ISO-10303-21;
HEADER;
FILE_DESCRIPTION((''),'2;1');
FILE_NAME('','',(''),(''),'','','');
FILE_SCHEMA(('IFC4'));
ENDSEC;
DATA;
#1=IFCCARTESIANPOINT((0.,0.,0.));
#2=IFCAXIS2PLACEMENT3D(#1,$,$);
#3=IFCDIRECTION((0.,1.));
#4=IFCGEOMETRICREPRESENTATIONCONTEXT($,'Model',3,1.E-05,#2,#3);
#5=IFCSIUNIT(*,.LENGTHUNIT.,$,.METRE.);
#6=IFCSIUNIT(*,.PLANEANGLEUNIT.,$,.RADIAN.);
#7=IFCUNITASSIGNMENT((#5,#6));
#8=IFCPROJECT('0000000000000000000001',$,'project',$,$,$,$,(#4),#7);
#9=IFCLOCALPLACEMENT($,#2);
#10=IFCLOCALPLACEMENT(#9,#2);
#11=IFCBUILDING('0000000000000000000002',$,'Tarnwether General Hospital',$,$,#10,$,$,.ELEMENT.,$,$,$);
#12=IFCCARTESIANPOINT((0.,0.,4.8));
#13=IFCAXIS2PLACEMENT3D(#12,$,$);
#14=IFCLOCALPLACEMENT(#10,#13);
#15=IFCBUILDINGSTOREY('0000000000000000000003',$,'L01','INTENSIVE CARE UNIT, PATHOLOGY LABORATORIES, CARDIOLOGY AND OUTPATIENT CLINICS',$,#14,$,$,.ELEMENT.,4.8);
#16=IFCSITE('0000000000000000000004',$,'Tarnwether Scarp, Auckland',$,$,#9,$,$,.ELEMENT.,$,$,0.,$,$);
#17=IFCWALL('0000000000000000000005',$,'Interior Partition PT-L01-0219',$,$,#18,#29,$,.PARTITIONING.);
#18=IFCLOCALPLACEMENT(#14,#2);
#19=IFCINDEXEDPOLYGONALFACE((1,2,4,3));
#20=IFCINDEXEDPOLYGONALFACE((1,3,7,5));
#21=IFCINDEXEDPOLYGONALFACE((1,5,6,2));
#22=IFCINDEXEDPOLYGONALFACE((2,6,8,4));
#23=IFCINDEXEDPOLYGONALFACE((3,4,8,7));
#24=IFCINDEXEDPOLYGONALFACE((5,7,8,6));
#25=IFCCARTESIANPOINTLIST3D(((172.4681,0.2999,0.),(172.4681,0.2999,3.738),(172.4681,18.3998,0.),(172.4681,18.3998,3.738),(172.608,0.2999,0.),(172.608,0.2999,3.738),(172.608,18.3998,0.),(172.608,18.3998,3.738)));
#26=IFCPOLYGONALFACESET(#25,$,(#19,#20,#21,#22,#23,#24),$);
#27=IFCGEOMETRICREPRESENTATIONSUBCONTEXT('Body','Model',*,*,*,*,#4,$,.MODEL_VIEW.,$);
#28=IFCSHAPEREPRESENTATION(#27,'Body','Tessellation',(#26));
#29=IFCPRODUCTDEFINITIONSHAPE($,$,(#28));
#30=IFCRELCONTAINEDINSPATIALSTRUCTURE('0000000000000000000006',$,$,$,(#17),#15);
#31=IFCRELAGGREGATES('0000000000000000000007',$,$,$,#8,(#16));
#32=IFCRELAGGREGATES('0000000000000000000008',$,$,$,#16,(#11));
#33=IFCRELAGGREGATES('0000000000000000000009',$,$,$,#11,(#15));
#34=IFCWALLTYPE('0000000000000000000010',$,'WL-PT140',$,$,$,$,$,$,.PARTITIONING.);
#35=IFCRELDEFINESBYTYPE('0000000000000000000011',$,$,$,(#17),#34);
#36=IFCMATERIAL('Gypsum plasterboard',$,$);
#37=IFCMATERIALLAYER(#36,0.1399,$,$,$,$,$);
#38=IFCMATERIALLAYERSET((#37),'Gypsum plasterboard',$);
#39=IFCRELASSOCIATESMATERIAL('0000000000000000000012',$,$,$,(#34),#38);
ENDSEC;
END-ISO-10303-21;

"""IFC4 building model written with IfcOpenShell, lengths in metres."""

from ifc_helpers import new_model, si_unit, direction, frame, frame_2d, origin, place, context, subcontext, project, spatial, rectangle, extrude, material, layer, layer_set, type_object, element, save


model = new_model("IFC4")

# Units and contexts
model_context = context("Model", 3, precision=1e-05, world=origin(), true_north=direction((0.0, 1.0)))
body_context = subcontext(model_context, "Body", "Model", "MODEL_VIEW")
ifc_project = project(units=[si_unit("LENGTHUNIT", "METRE"), si_unit("PLANEANGLEUNIT", "RADIAN")], contexts=[model_context])

# Site, building, storey
site_placement = place(None, origin())
site = spatial("IfcSite", under=ifc_project, at=site_placement, Name="Tarnwether Scarp, Auckland", CompositionType="ELEMENT", RefElevation=0.0)
building_placement = place(site_placement, origin())
building = spatial("IfcBuilding", under=site, at=building_placement, Name="Tarnwether General Hospital", CompositionType="ELEMENT")
storey_placement = place(building_placement, frame((0.0, 0.0, 4.8)))
storey = spatial("IfcBuildingStorey", under=building, at=storey_placement, Name="L01", Description="INTENSIVE CARE UNIT, PATHOLOGY LABORATORIES, CARDIOLOGY AND OUTPATIENT CLINICS", CompositionType="ELEMENT", Elevation=4.8)

# Wall
ifc_material_1 = material(Name="Gypsum plasterboard")
ifc_layer_1 = layer(ifc_material_1, 0.1399)
ifc_layer_set_1 = layer_set([ifc_layer_1], Name="Gypsum plasterboard")
wall_type = type_object("IfcWallType", Name="WL-PT140", PredefinedType="PARTITIONING", material=ifc_layer_set_1)
wall_placement = place(storey_placement, frame((172.5381, 0.3, 0.0), z_axis=(0.0, 0.0, 1.0), x_axis=(0.0, 1.0, 0.0)))
element("IfcWall", 1, at=wall_placement, inside=storey, type_object=wall_type, Name="Interior Partition PT-L01-0219", PredefinedType="PARTITIONING", context=body_context, shape_type="SweptSolid", body=[
    extrude(rectangle(XDim=18.0999, YDim=0.1399, at=frame_2d((9.0498, 0.0))), origin(), (0.0, 0.0, 1.0), 3.738),
])

save(model, "model.ifc")
